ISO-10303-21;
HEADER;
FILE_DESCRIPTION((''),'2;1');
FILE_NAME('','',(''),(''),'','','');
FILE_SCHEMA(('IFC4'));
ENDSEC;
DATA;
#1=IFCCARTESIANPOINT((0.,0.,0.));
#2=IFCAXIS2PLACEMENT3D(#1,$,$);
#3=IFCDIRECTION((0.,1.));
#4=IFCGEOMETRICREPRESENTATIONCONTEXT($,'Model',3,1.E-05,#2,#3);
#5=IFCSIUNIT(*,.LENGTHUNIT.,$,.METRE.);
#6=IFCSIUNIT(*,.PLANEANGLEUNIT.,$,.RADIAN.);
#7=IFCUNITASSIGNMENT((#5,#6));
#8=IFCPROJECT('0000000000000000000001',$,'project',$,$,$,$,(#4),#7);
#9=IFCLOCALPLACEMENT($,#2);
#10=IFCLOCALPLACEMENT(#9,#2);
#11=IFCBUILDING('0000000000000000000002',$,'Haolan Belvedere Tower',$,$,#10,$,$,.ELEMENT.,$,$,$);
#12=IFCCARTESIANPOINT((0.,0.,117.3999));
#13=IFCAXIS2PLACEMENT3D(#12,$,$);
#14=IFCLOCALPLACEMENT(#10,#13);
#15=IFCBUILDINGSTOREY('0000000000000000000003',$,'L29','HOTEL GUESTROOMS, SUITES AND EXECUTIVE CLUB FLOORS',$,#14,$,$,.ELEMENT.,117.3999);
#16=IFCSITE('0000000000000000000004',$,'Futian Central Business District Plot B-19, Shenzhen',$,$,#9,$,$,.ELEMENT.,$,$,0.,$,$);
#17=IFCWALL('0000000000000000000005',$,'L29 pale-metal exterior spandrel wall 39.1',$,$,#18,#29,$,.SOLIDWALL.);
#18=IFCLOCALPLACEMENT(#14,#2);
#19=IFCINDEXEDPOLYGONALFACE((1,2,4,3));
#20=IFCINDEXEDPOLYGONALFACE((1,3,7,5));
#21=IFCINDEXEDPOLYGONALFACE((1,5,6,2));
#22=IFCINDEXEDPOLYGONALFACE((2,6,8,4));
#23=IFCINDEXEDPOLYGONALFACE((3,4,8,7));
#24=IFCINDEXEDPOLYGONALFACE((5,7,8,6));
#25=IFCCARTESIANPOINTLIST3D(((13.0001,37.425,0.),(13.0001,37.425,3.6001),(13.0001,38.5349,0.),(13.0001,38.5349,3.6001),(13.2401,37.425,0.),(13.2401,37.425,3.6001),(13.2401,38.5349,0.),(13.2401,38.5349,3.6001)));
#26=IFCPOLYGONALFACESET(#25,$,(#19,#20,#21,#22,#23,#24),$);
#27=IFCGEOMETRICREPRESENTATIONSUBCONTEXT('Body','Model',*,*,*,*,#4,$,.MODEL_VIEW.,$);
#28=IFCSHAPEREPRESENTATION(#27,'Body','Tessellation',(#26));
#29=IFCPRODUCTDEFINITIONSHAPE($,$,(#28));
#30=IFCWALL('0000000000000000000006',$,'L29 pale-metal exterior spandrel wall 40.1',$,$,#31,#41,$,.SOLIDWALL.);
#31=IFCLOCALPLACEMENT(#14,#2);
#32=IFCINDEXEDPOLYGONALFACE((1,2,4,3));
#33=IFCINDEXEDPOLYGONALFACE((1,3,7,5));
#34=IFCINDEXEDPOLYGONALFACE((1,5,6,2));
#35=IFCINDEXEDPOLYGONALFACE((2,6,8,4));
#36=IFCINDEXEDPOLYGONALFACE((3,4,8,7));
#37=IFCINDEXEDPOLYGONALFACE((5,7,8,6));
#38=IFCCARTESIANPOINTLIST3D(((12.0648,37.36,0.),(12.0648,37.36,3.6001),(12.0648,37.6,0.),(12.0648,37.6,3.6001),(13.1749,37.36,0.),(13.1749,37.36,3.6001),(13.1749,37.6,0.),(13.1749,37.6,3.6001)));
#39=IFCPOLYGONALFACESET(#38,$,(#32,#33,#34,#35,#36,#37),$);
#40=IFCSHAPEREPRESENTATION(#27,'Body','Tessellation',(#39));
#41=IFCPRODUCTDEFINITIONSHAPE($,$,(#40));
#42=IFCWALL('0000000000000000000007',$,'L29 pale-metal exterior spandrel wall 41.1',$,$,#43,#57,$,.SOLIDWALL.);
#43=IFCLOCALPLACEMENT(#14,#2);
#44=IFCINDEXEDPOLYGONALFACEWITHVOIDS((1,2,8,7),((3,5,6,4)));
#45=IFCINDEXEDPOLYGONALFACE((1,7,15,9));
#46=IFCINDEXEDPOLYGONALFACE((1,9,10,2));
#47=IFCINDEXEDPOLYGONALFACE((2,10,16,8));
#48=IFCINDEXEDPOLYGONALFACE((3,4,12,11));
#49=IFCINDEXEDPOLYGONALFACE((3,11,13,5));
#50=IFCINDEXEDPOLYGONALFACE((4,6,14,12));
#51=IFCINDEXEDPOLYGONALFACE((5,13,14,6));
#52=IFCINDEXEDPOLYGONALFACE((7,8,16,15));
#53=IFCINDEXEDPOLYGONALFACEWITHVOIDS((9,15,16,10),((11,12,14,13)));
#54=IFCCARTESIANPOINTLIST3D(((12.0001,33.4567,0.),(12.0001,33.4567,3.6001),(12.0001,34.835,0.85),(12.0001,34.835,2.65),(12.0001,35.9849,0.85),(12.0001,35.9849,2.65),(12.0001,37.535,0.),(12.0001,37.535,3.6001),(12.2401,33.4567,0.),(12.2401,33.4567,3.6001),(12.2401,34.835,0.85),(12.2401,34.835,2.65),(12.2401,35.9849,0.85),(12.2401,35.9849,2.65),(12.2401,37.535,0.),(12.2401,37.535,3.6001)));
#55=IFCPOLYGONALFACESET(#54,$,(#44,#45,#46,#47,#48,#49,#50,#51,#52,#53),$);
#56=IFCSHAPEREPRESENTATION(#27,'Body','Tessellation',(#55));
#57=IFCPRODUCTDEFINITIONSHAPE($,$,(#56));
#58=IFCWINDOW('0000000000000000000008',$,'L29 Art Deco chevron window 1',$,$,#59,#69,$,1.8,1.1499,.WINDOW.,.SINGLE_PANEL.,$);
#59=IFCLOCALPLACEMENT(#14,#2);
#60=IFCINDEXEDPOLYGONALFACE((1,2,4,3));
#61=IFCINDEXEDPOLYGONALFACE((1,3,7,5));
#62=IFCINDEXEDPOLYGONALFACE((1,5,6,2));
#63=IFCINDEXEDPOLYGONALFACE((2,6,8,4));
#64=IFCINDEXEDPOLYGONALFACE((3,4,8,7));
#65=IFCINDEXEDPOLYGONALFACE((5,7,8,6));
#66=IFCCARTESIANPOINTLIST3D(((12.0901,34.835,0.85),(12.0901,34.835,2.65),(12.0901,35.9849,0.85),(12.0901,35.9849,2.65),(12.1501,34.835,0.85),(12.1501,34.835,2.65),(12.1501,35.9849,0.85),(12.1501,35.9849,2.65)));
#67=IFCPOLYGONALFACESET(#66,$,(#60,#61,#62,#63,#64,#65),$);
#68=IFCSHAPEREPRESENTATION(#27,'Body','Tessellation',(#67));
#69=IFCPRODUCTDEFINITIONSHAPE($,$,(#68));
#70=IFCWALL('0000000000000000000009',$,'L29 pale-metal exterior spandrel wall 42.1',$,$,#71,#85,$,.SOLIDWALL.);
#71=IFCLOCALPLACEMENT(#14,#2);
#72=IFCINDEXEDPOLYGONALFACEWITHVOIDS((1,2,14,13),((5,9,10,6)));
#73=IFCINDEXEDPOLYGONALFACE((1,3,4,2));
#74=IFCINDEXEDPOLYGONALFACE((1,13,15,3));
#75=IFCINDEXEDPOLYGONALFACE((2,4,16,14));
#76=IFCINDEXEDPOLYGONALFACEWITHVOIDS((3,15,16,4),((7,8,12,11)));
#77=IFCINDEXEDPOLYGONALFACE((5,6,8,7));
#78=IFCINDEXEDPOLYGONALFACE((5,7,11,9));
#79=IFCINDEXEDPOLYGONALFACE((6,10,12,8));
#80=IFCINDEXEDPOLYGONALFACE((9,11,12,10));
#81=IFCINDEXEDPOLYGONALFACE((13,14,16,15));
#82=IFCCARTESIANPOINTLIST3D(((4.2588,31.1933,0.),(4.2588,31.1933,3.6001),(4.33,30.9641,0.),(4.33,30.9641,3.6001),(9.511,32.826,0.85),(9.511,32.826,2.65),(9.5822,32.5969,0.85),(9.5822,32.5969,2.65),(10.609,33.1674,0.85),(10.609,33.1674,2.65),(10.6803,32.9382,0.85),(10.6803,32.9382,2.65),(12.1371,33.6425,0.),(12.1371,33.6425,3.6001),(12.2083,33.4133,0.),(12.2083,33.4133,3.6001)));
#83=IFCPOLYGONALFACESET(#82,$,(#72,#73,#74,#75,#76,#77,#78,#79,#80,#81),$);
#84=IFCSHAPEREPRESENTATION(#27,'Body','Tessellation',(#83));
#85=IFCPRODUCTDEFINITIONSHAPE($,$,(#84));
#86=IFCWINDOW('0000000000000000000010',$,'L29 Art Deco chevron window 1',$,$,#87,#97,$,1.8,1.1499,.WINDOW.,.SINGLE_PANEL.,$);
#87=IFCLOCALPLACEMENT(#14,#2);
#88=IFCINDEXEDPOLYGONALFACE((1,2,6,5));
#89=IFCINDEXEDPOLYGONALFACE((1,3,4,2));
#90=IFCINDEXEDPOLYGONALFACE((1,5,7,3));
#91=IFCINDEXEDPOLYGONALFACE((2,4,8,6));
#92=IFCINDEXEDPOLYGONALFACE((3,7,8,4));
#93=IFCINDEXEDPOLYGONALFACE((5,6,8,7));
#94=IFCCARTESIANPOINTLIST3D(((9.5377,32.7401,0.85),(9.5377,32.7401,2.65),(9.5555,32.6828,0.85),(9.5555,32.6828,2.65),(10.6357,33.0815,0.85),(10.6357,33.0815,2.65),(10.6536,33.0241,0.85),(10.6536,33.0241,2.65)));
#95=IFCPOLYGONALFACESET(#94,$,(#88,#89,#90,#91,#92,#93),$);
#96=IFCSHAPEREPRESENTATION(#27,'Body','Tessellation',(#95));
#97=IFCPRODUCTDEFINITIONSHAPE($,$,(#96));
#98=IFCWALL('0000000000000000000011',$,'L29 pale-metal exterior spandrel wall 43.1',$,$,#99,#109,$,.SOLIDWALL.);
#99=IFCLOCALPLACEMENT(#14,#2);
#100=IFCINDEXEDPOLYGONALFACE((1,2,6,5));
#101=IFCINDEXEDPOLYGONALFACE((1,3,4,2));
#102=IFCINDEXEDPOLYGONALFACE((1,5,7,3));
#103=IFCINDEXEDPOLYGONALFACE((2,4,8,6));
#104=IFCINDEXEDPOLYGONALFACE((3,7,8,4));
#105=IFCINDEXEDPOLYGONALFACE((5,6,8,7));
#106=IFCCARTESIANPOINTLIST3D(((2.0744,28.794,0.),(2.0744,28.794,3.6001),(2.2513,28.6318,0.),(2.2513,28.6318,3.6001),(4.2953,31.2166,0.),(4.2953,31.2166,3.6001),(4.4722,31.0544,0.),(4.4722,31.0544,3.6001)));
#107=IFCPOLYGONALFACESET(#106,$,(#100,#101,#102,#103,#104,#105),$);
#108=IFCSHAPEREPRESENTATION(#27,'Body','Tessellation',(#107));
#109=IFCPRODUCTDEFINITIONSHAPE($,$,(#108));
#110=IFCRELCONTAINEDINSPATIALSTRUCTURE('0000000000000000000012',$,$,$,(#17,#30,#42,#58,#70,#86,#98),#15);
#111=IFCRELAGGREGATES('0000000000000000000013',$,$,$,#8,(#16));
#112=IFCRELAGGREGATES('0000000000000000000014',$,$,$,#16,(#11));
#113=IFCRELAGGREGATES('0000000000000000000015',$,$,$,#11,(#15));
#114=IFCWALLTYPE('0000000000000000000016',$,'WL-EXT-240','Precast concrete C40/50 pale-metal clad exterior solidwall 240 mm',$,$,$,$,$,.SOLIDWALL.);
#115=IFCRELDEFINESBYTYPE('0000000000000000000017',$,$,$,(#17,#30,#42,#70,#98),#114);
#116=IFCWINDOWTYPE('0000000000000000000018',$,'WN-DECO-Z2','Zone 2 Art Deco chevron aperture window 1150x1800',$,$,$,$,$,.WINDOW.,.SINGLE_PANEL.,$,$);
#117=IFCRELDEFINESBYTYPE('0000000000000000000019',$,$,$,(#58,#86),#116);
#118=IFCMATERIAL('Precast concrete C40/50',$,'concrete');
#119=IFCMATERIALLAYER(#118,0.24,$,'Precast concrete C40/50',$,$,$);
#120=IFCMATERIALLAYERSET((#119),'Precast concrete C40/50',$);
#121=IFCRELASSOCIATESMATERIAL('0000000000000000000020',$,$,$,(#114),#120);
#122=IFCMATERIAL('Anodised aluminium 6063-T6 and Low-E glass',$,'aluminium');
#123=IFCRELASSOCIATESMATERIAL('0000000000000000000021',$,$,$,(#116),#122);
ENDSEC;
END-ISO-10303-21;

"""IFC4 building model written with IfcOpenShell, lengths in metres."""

from ifc_helpers import new_model, si_unit, direction, frame, frame_2d, origin, place, context, subcontext, project, spatial, rectangle, extrude, material, layer, layer_set, type_object, element, fill, save


model = new_model("IFC4")

# Units and contexts
model_context = context("Model", 3, precision=1e-05, world=origin(), true_north=direction((0.0, 1.0)))
body_context = subcontext(model_context, "Body", "Model", "MODEL_VIEW")
ifc_project = project(units=[si_unit("LENGTHUNIT", "METRE"), si_unit("PLANEANGLEUNIT", "RADIAN")], contexts=[model_context])

# Site, building, storey
site_placement = place(None, origin())
site = spatial("IfcSite", under=ifc_project, at=site_placement, Name="Futian Central Business District Plot B-19, Shenzhen", CompositionType="ELEMENT", RefElevation=0.0)
building_placement = place(site_placement, origin())
building = spatial("IfcBuilding", under=site, at=building_placement, Name="Haolan Belvedere Tower", CompositionType="ELEMENT")
storey_placement = place(building_placement, frame((0.0, 0.0, 117.3999)))
storey = spatial("IfcBuildingStorey", under=building, at=storey_placement, Name="L29", Description="HOTEL GUESTROOMS, SUITES AND EXECUTIVE CLUB FLOORS", CompositionType="ELEMENT", Elevation=117.3999)

# Walls
ifc_material_1 = material(Name="Precast concrete C40/50", Category="concrete")
ifc_layer_1 = layer(ifc_material_1, 0.24, Name="Precast concrete C40/50")
ifc_layer_set_1 = layer_set([ifc_layer_1], Name="Precast concrete C40/50")
wall_type_1 = type_object("IfcWallType", Name="WL-EXT-240", Description="Precast concrete C40/50 pale-metal clad exterior solidwall 240 mm", PredefinedType="SOLIDWALL", material=ifc_layer_set_1)
wall_1_placement = place(storey_placement, frame((13.1201, 38.5349, 0.0), z_axis=(0.0, 0.0, 1.0), x_axis=(0.0, -1.0, 0.0)))
element("IfcWall", 1, at=wall_1_placement, inside=storey, type_object=wall_type_1, Name="L29 pale-metal exterior spandrel wall 39.1", PredefinedType="SOLIDWALL", context=body_context, shape_type="SweptSolid", body=[
    extrude(rectangle(XDim=1.1099, YDim=0.24, at=frame_2d((0.5549, 0.0))), origin(), (0.0, 0.0, 1.0), 3.6001),
])
wall_2_placement = place(storey_placement, frame((13.175, 37.48, 0.0), z_axis=(0.0, 0.0, 1.0), x_axis=(-1.0, 0.0, 0.0)))
element("IfcWall", 2, at=wall_2_placement, inside=storey, type_object=wall_type_1, Name="L29 pale-metal exterior spandrel wall 40.1", PredefinedType="SOLIDWALL", context=body_context, shape_type="SweptSolid", body=[
    extrude(rectangle(XDim=1.1101, YDim=0.24, at=frame_2d((0.5552, 0.0))), origin(), (0.0, 0.0, 1.0), 3.6001),
])

# Walls, openings, windows
wall_3_placement = place(storey_placement, frame((12.1201, 37.5349, 0.0), z_axis=(0.0, 0.0, 1.0), x_axis=(0.0, -1.0, 0.0)))
wall_3 = element("IfcWall", 3, at=wall_3_placement, inside=storey, type_object=wall_type_1, Name="L29 pale-metal exterior spandrel wall 41.1", PredefinedType="SOLIDWALL", context=body_context, shape_type="SweptSolid", body=[
    extrude(rectangle(XDim=4.0784, YDim=0.24, at=frame_2d((2.0391, 0.0))), origin(), (0.0, 0.0, 1.0), 3.6001),
])
opening_1_placement = place(wall_3_placement, frame((1.55, 0.0, 0.8501)))
opening_1 = element("IfcOpeningElement", 4, at=opening_1_placement, cuts=wall_3, PredefinedType="OPENING", context=body_context, shape_type="SweptSolid", body=[
    extrude(rectangle(XDim=1.1499, YDim=1.8, at=frame_2d((0.575, 0.8999))), frame((0.0, 0.1299, 0.0), z_axis=(0.0, -1.0, 0.0), x_axis=(1.0, 0.0, 0.0)), (0.0, 0.0, 1.0), 0.26),
])
ifc_material_2 = material(Name="Anodised aluminium 6063-T6 and Low-E glass", Category="aluminium")
window_type = type_object("IfcWindowType", Name="WN-DECO-Z2", Description="Zone 2 Art Deco chevron aperture window 1150x1800", PartitioningType="SINGLE_PANEL", PredefinedType="WINDOW", material=ifc_material_2)
window_1_placement = place(opening_1_placement, origin())
window_1 = element("IfcWindow", 5, at=window_1_placement, inside=storey, type_object=window_type, Name="L29 Art Deco chevron window 1", OverallHeight=1.8, OverallWidth=1.1499, PartitioningType="SINGLE_PANEL", PredefinedType="WINDOW", context=body_context, shape_type="SweptSolid", body=[
    extrude(rectangle(XDim=1.1499, YDim=1.8, at=frame_2d((0.575, 0.8999))), frame((0.0, 0.03, 0.0), z_axis=(0.0, -1.0, 0.0), x_axis=(1.0, 0.0, 0.0)), (0.0, 0.0, 1.0), 0.0601),
])
fill(opening_1, window_1)
wall_4_placement = place(storey_placement, frame((12.1726, 33.5278, 0.0), z_axis=(0.0, 0.0, 1.0), x_axis=(-0.95492, -0.296863, 0.0)))
wall_4 = element("IfcWall", 6, at=wall_4_placement, inside=storey, type_object=wall_type_1, Name="L29 pale-metal exterior spandrel wall 42.1", PredefinedType="SOLIDWALL", context=body_context, shape_type="SweptSolid", body=[
    extrude(rectangle(XDim=8.2502, YDim=0.24, at=frame_2d((4.125, 0.0))), origin(), (0.0, 0.0, 1.0), 3.6001),
])
opening_2_placement = place(wall_4_placement, frame((1.6001, 0.0, 0.8501)))
opening_2 = element("IfcOpeningElement", 7, at=opening_2_placement, cuts=wall_4, PredefinedType="OPENING", context=body_context, shape_type="SweptSolid", body=[
    extrude(rectangle(XDim=1.1499, YDim=1.8, at=frame_2d((0.575, 0.8999))), frame((0.0, 0.1299, 0.0), z_axis=(0.0, -1.0, 0.0), x_axis=(1.0, 0.0, 0.0)), (0.0, 0.0, 1.0), 0.26),
])
window_2_placement = place(opening_2_placement, origin())
window_2 = element("IfcWindow", 8, at=window_2_placement, inside=storey, type_object=window_type, Name="L29 Art Deco chevron window 1", OverallHeight=1.8, OverallWidth=1.1499, PartitioningType="SINGLE_PANEL", PredefinedType="WINDOW", context=body_context, shape_type="SweptSolid", body=[
    extrude(rectangle(XDim=1.1499, YDim=1.8, at=frame_2d((0.575, 0.8999))), frame((0.0, 0.03, 0.0), z_axis=(0.0, -1.0, 0.0), x_axis=(1.0, 0.0, 0.0)), (0.0, 0.0, 1.0), 0.0601),
])
fill(opening_2, window_2)

# Wall
wall_5_placement = place(storey_placement, frame((4.3838, 31.1355, 0.0), z_axis=(0.0, 0.0, 1.0), x_axis=(-0.675762, -0.73712, 0.0)))
element("IfcWall", 9, at=wall_5_placement, inside=storey, type_object=wall_type_1, Name="L29 pale-metal exterior spandrel wall 43.1", PredefinedType="SOLIDWALL", context=body_context, shape_type="SweptSolid", body=[
    extrude(rectangle(XDim=3.2866, YDim=0.24, at=frame_2d((1.6433, 0.0))), origin(), (0.0, 0.0, 1.0), 3.6001),
])

save(model, "model.ifc")
